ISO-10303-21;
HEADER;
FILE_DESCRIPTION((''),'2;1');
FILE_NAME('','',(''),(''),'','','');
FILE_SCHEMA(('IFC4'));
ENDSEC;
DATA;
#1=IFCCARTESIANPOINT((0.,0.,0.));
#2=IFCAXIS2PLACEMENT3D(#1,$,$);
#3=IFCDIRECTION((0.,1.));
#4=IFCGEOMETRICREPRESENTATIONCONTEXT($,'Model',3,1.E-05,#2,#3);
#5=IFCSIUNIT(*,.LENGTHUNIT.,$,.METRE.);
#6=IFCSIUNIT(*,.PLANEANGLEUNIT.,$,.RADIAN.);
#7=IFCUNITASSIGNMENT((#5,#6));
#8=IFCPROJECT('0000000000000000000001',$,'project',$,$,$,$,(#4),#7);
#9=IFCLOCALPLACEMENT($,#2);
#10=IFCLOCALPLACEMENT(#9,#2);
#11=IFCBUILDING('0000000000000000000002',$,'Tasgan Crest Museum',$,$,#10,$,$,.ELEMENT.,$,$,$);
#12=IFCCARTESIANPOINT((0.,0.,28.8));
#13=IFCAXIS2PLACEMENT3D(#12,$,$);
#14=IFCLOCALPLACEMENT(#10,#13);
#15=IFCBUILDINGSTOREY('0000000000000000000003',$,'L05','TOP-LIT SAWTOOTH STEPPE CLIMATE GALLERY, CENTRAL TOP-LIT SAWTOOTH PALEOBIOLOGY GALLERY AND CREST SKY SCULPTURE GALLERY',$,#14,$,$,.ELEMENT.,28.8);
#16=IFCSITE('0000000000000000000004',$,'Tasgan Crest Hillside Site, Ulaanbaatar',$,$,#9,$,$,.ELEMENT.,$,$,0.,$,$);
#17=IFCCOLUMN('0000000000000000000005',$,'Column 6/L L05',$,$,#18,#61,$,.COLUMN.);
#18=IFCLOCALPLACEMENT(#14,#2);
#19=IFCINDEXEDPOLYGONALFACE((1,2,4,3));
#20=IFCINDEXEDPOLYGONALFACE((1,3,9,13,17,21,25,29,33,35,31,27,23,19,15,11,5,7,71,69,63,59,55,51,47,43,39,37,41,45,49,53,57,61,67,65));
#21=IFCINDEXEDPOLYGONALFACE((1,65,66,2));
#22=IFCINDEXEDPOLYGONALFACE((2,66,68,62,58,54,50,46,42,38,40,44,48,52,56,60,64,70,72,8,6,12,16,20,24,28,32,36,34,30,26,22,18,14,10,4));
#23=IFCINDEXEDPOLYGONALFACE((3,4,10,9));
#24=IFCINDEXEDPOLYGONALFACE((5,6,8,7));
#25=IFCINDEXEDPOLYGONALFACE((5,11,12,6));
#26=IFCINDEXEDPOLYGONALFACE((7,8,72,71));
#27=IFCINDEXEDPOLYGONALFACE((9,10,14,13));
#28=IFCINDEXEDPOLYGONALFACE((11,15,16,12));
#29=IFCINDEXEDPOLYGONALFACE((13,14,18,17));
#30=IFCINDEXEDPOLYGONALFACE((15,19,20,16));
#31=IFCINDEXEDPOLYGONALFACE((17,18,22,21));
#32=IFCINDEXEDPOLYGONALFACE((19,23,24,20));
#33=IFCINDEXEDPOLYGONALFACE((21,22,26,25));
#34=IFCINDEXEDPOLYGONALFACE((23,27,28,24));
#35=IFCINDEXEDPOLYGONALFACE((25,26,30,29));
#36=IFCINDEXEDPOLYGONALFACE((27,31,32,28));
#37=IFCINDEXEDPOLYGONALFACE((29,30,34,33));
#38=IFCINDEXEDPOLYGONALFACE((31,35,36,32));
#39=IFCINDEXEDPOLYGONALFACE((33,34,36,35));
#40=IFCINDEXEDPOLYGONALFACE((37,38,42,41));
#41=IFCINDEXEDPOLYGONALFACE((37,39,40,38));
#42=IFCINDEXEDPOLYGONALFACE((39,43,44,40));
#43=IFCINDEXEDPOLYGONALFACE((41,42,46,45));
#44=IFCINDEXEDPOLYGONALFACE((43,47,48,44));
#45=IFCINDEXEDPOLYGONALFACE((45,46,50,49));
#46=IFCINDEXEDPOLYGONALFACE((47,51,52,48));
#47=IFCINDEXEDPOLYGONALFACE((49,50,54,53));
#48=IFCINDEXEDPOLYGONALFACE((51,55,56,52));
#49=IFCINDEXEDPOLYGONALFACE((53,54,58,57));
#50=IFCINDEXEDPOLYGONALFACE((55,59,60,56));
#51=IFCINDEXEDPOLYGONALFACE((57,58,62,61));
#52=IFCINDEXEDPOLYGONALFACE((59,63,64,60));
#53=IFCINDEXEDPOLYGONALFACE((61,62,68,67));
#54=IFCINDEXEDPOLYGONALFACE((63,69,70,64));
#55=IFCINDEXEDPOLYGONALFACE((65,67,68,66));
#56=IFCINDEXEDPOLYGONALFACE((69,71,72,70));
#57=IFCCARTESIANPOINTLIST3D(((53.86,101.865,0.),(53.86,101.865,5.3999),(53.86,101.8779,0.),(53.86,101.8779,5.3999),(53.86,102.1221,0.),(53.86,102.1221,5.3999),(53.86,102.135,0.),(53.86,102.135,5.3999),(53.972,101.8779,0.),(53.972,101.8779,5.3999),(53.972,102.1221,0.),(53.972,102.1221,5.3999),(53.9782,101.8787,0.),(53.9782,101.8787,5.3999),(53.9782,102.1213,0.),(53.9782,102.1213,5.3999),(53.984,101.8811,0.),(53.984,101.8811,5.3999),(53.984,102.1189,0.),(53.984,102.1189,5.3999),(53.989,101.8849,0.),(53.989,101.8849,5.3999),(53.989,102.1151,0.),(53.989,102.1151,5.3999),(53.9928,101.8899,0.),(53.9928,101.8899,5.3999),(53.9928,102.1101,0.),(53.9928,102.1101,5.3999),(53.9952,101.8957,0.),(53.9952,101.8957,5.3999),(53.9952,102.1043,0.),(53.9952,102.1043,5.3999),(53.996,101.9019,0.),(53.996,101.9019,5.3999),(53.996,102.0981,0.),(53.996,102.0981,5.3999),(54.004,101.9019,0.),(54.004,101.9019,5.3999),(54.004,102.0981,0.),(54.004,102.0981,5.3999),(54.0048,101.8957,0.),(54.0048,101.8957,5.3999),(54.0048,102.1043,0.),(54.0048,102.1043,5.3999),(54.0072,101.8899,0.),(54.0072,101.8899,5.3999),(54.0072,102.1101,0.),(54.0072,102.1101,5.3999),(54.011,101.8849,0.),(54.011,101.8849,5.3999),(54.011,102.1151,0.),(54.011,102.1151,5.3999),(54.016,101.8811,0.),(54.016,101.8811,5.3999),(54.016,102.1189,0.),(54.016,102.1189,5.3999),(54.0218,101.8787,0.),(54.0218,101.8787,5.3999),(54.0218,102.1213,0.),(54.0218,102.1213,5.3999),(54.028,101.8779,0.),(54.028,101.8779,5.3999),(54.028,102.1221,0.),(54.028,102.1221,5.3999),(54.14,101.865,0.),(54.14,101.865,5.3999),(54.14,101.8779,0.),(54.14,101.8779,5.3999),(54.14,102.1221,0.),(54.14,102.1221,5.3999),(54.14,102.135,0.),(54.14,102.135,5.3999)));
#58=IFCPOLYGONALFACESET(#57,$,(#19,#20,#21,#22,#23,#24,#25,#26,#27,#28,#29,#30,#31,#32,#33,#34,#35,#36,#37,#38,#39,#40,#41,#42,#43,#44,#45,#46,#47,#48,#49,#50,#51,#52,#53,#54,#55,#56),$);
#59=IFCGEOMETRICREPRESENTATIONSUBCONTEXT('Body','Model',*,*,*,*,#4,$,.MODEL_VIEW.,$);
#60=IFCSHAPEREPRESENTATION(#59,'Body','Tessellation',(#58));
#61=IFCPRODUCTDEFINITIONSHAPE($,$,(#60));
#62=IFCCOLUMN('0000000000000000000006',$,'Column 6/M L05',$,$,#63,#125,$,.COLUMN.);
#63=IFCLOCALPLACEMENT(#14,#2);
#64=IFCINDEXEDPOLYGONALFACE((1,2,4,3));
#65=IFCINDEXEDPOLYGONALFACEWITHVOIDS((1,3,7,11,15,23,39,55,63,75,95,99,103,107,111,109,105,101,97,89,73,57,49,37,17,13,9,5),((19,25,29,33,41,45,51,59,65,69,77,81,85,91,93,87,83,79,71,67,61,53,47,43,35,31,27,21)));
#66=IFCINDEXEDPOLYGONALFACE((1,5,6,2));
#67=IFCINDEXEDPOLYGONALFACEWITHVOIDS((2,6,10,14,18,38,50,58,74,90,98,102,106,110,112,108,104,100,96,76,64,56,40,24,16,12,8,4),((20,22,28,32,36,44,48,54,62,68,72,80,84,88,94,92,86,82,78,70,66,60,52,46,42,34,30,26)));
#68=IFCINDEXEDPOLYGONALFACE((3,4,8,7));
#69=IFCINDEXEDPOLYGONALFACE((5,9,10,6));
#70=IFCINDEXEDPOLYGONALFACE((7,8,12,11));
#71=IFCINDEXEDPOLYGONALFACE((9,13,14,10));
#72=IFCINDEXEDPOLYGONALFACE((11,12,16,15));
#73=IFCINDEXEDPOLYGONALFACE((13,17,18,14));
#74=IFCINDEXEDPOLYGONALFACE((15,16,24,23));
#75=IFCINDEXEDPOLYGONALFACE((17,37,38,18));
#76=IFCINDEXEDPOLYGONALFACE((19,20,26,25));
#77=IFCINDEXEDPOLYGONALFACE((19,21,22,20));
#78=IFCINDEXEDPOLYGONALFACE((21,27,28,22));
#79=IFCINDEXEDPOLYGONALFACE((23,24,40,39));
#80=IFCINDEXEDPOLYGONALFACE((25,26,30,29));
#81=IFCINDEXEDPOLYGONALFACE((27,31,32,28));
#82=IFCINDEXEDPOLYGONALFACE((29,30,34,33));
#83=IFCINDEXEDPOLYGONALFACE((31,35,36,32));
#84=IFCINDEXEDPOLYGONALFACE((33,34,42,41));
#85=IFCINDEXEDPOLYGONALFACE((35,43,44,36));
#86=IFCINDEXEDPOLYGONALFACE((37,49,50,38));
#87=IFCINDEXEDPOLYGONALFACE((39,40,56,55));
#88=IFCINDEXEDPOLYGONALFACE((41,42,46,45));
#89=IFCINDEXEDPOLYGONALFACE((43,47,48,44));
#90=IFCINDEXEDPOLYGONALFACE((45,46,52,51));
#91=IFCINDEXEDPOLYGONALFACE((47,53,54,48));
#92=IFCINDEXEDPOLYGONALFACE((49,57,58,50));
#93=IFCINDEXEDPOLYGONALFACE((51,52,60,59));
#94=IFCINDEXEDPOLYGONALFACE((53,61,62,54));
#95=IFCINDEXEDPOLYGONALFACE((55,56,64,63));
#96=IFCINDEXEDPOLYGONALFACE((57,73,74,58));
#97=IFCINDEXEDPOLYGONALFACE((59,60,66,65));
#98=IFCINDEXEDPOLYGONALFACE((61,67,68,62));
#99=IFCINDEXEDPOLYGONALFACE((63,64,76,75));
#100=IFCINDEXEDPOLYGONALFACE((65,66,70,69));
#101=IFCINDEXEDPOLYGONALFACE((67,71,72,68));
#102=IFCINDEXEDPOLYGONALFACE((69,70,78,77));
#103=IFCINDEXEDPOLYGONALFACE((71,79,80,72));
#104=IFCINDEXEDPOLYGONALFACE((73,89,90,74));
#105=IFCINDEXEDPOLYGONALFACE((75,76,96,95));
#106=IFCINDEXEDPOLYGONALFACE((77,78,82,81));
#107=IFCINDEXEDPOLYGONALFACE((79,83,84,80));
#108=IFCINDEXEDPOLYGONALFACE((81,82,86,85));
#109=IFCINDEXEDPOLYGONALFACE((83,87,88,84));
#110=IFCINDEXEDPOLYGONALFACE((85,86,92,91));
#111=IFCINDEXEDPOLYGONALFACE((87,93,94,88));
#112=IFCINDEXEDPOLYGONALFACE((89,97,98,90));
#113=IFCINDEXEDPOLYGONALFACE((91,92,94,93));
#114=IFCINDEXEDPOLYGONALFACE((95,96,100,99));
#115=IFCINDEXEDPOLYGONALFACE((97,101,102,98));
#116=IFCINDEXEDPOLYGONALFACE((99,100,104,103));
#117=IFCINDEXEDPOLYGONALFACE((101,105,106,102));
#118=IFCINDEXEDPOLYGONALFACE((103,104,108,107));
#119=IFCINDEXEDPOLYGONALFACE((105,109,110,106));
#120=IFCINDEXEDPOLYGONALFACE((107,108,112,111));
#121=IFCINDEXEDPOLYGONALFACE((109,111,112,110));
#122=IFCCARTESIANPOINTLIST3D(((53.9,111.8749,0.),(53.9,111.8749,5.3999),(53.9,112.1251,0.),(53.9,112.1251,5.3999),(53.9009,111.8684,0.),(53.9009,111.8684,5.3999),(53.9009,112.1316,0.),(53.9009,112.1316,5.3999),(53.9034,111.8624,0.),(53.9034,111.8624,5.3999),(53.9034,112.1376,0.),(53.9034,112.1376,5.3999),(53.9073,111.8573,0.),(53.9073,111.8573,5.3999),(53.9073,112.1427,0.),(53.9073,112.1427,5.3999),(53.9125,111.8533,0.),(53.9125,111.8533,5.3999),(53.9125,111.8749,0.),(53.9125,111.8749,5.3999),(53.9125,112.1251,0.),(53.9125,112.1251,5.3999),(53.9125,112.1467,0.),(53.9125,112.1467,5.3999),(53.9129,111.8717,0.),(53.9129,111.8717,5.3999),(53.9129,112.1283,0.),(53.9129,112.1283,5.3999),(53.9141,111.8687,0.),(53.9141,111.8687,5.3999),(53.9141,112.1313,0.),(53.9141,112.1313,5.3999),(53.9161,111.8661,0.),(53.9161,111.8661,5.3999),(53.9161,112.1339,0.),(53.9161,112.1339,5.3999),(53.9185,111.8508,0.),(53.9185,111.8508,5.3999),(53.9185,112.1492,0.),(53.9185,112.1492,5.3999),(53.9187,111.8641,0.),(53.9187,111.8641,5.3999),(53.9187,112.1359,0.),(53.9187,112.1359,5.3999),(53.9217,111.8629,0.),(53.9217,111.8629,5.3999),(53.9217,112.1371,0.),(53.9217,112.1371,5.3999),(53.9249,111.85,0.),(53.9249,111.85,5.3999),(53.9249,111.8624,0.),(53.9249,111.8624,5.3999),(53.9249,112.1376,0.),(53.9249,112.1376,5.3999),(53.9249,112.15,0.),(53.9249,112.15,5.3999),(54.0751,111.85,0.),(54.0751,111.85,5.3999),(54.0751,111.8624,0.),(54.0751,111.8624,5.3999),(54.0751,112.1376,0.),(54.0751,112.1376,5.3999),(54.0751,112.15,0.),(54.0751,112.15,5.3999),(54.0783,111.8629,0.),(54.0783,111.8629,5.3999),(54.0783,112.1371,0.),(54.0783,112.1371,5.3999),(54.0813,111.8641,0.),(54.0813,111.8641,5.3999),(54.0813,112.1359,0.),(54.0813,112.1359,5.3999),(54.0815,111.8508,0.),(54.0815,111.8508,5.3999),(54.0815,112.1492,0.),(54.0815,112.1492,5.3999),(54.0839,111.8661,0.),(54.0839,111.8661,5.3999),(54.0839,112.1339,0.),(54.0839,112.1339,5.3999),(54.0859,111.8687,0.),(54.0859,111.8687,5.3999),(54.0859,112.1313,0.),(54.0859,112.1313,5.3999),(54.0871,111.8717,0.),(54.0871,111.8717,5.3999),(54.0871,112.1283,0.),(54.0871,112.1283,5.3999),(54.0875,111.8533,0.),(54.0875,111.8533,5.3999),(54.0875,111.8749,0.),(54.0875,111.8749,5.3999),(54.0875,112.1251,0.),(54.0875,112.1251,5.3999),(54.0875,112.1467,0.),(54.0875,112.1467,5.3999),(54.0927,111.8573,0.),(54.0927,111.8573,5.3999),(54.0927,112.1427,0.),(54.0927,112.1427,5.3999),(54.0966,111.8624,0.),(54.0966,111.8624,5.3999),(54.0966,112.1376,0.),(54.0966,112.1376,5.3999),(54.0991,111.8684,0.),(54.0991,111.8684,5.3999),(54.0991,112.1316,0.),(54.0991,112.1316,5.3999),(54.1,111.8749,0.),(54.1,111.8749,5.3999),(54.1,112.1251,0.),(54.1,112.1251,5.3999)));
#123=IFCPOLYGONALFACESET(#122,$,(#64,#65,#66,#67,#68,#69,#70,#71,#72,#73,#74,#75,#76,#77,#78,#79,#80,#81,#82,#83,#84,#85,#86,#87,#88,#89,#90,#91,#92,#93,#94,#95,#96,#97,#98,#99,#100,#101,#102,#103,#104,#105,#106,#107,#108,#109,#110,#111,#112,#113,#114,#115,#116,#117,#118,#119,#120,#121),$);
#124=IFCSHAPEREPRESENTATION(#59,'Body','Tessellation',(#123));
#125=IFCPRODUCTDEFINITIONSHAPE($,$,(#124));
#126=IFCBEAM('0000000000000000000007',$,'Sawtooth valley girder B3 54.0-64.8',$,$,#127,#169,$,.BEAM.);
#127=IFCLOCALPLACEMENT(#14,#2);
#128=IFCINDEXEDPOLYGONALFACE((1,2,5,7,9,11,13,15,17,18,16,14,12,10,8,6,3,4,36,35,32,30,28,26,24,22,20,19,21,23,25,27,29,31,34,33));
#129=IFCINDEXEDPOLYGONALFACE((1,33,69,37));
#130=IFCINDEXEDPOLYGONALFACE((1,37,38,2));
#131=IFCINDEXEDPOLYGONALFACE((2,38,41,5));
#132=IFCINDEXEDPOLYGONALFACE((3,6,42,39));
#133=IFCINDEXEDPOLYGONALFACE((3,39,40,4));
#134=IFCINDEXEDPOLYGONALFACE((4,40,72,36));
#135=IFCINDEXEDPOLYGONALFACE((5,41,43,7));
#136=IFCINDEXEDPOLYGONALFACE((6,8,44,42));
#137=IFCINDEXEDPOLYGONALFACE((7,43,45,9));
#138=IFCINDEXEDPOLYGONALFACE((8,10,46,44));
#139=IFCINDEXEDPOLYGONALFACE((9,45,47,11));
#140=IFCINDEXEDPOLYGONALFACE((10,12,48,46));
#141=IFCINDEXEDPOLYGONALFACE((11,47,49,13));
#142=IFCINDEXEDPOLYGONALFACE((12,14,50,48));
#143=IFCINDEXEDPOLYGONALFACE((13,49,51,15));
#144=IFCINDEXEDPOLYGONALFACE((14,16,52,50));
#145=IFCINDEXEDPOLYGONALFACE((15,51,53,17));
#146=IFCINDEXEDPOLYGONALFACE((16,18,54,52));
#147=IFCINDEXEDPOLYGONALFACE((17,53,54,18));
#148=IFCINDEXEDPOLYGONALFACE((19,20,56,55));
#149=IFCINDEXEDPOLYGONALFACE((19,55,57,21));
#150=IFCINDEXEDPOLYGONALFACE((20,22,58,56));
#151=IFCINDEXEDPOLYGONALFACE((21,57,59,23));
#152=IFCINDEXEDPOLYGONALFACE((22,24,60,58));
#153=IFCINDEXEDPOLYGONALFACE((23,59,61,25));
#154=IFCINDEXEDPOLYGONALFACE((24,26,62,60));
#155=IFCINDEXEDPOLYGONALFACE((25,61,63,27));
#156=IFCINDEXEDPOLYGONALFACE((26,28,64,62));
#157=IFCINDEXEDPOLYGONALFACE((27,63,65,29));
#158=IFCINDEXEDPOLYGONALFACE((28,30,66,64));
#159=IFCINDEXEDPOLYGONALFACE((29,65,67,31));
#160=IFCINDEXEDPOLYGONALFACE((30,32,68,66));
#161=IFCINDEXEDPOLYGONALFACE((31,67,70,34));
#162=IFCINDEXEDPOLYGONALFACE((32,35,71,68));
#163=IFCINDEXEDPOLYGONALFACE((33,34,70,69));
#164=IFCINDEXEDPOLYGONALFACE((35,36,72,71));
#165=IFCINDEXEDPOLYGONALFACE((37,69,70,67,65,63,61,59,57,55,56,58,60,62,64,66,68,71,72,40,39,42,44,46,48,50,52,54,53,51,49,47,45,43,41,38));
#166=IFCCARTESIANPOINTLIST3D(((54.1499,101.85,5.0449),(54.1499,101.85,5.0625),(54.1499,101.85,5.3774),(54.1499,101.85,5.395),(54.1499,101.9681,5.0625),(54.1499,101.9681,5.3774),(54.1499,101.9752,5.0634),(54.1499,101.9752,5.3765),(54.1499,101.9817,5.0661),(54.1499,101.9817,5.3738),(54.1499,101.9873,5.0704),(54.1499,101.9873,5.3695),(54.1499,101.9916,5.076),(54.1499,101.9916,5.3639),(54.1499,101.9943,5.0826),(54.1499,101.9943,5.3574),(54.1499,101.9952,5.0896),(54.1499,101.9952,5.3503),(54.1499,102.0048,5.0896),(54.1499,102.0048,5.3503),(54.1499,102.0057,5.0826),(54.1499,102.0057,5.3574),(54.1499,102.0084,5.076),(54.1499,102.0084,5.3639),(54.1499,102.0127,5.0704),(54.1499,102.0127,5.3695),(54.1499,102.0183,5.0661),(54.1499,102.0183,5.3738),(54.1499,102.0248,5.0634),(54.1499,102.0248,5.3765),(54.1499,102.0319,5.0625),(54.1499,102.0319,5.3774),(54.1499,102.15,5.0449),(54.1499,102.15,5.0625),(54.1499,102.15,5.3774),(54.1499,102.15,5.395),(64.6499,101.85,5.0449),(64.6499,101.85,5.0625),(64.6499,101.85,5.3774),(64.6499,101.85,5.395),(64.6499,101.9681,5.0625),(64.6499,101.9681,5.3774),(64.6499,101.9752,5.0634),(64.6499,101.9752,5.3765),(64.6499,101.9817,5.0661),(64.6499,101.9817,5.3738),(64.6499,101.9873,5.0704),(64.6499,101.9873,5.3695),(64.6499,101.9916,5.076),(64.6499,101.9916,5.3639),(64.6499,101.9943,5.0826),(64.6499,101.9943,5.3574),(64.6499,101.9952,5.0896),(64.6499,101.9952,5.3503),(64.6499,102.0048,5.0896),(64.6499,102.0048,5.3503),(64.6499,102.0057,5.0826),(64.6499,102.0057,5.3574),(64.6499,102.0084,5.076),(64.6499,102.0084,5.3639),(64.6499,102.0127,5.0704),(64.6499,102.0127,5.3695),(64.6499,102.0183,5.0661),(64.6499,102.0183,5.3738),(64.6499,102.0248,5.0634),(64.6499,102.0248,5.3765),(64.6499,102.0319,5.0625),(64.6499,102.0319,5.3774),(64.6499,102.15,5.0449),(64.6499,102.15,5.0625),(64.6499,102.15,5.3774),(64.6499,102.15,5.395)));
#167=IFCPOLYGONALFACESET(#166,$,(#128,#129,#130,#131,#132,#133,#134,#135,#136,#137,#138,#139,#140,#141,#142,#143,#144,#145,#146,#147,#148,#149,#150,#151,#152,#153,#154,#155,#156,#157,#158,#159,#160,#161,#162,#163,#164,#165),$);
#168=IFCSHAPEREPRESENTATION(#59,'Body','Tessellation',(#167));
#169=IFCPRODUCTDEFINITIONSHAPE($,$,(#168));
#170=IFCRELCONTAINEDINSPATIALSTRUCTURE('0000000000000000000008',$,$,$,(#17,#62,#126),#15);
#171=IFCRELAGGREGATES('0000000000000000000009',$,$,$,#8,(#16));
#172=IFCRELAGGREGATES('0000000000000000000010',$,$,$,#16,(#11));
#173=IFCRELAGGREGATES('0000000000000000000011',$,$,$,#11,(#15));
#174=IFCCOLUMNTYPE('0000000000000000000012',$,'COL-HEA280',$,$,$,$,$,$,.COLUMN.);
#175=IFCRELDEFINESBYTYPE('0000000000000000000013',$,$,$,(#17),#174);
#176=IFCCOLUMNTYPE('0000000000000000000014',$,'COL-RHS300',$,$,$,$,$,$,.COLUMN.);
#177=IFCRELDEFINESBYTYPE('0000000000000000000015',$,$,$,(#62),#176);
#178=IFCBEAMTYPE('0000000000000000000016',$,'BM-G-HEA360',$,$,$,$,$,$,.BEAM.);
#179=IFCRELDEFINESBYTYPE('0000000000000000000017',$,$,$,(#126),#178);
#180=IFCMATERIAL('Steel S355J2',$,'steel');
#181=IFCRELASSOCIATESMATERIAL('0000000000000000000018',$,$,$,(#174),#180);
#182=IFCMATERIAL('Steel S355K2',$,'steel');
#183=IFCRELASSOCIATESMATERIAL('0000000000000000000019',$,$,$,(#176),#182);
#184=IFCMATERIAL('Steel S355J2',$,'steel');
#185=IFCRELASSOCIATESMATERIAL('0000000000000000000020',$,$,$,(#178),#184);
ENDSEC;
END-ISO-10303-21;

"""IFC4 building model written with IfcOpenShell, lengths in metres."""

from ifc_helpers import new_model, si_unit, direction, frame, origin, origin_2d, place, context, subcontext, project, spatial, hollow_rectangle, i_section, extrude, material, material_profile, profile_set, type_object, element, save


model = new_model("IFC4")

# Units and contexts
model_context = context("Model", 3, precision=1e-05, world=origin(), true_north=direction((0.0, 1.0)))
body_context = subcontext(model_context, "Body", "Model", "MODEL_VIEW")
ifc_project = project(units=[si_unit("LENGTHUNIT", "METRE"), si_unit("PLANEANGLEUNIT", "RADIAN")], contexts=[model_context])

# Site, building, storey
site_placement = place(None, origin())
site = spatial("IfcSite", under=ifc_project, at=site_placement, Name="Tasgan Crest Hillside Site, Ulaanbaatar", CompositionType="ELEMENT", RefElevation=0.0)
building_placement = place(site_placement, origin())
building = spatial("IfcBuilding", under=site, at=building_placement, Name="Tasgan Crest Museum", CompositionType="ELEMENT")
storey_placement = place(building_placement, frame((0.0, 0.0, 28.8)))
storey = spatial("IfcBuildingStorey", under=building, at=storey_placement, Name="L05", Description="TOP-LIT SAWTOOTH STEPPE CLIMATE GALLERY, CENTRAL TOP-LIT SAWTOOTH PALEOBIOLOGY GALLERY AND CREST SKY SCULPTURE GALLERY", CompositionType="ELEMENT", Elevation=28.8)

# Columns
ifc_material_1 = material(Name="Steel S355J2", Category="steel")
ifc_material_profile_1 = material_profile(ifc_material_1, i_section(OverallWidth=0.28, OverallDepth=0.27, WebThickness=0.0081, FlangeThickness=0.0129, FilletRadius=0.0239, at=origin_2d()), Name="HEA 280")
ifc_profile_set_1 = profile_set([ifc_material_profile_1], Name="Steel S355J2")
column_type_1 = type_object("IfcColumnType", Name="COL-HEA280", PredefinedType="COLUMN", material=ifc_profile_set_1)
column_1_placement = place(storey_placement, frame((54.0, 102.0, 0.0), z_axis=(0.0, 0.0, 1.0), x_axis=(1.0, 0.0, 0.0)))
element("IfcColumn", 1, at=column_1_placement, inside=storey, type_object=column_type_1, Name="Column 6/L L05", PredefinedType="COLUMN", context=body_context, shape_type="SweptSolid", body=[
    extrude(i_section(OverallWidth=0.28, OverallDepth=0.27, WebThickness=0.0081, FlangeThickness=0.0129, FilletRadius=0.0239, at=origin_2d()), origin(), (0.0, 0.0, 1.0), 5.3999),
])
ifc_material_2 = material(Name="Steel S355K2", Category="steel")
ifc_material_profile_2 = material_profile(ifc_material_2, hollow_rectangle(XDim=0.2, YDim=0.3, WallThickness=0.0125, InnerFilletRadius=0.0125, OuterFilletRadius=0.0249, at=origin_2d()), Name="RHS 300x200x12.5")
ifc_profile_set_2 = profile_set([ifc_material_profile_2], Name="Steel S355K2")
column_type_2 = type_object("IfcColumnType", Name="COL-RHS300", PredefinedType="COLUMN", material=ifc_profile_set_2)
column_2_placement = place(storey_placement, frame((54.0, 112.0, 0.0), z_axis=(0.0, 0.0, 1.0), x_axis=(1.0, 0.0, 0.0)))
element("IfcColumn", 2, at=column_2_placement, inside=storey, type_object=column_type_2, Name="Column 6/M L05", PredefinedType="COLUMN", context=body_context, shape_type="SweptSolid", body=[
    extrude(hollow_rectangle(XDim=0.2, YDim=0.3, WallThickness=0.0125, InnerFilletRadius=0.0125, OuterFilletRadius=0.0249, at=origin_2d()), origin(), (0.0, 0.0, 1.0), 5.3999),
])

# Beam
ifc_material_3 = material(Name="Steel S355J2", Category="steel")
ifc_material_profile_3 = material_profile(ifc_material_3, i_section(OverallWidth=0.3, OverallDepth=0.3501, WebThickness=0.0095, FlangeThickness=0.0176, FilletRadius=0.0271, at=origin_2d()), Name="HEA 360")
ifc_profile_set_3 = profile_set([ifc_material_profile_3], Name="Steel S355J2")
beam_type_1 = type_object("IfcBeamType", Name="BM-G-HEA360", PredefinedType="BEAM", material=ifc_profile_set_3)
for number, where, z_axis, x_axis, name in (
    (3, (54.1499, 102.0, 5.22), (1.0, 0.0, 0.0), (0.0, 1.0, 0.0), "Sawtooth valley girder B3 54.0-64.8"),
):
    element("IfcBeam", number, at=place(storey_placement, frame(where, z_axis=z_axis, x_axis=x_axis)), inside=storey, type_object=beam_type_1, Name=name, PredefinedType="BEAM", context=body_context, shape_type="SweptSolid", body=[
        extrude(i_section(OverallWidth=0.3, OverallDepth=0.3501, WebThickness=0.0095, FlangeThickness=0.0176, FilletRadius=0.0271, at=origin_2d()), origin(), (0.0, 0.0, 1.0), 10.5),
    ])

save(model, "model.ifc")
